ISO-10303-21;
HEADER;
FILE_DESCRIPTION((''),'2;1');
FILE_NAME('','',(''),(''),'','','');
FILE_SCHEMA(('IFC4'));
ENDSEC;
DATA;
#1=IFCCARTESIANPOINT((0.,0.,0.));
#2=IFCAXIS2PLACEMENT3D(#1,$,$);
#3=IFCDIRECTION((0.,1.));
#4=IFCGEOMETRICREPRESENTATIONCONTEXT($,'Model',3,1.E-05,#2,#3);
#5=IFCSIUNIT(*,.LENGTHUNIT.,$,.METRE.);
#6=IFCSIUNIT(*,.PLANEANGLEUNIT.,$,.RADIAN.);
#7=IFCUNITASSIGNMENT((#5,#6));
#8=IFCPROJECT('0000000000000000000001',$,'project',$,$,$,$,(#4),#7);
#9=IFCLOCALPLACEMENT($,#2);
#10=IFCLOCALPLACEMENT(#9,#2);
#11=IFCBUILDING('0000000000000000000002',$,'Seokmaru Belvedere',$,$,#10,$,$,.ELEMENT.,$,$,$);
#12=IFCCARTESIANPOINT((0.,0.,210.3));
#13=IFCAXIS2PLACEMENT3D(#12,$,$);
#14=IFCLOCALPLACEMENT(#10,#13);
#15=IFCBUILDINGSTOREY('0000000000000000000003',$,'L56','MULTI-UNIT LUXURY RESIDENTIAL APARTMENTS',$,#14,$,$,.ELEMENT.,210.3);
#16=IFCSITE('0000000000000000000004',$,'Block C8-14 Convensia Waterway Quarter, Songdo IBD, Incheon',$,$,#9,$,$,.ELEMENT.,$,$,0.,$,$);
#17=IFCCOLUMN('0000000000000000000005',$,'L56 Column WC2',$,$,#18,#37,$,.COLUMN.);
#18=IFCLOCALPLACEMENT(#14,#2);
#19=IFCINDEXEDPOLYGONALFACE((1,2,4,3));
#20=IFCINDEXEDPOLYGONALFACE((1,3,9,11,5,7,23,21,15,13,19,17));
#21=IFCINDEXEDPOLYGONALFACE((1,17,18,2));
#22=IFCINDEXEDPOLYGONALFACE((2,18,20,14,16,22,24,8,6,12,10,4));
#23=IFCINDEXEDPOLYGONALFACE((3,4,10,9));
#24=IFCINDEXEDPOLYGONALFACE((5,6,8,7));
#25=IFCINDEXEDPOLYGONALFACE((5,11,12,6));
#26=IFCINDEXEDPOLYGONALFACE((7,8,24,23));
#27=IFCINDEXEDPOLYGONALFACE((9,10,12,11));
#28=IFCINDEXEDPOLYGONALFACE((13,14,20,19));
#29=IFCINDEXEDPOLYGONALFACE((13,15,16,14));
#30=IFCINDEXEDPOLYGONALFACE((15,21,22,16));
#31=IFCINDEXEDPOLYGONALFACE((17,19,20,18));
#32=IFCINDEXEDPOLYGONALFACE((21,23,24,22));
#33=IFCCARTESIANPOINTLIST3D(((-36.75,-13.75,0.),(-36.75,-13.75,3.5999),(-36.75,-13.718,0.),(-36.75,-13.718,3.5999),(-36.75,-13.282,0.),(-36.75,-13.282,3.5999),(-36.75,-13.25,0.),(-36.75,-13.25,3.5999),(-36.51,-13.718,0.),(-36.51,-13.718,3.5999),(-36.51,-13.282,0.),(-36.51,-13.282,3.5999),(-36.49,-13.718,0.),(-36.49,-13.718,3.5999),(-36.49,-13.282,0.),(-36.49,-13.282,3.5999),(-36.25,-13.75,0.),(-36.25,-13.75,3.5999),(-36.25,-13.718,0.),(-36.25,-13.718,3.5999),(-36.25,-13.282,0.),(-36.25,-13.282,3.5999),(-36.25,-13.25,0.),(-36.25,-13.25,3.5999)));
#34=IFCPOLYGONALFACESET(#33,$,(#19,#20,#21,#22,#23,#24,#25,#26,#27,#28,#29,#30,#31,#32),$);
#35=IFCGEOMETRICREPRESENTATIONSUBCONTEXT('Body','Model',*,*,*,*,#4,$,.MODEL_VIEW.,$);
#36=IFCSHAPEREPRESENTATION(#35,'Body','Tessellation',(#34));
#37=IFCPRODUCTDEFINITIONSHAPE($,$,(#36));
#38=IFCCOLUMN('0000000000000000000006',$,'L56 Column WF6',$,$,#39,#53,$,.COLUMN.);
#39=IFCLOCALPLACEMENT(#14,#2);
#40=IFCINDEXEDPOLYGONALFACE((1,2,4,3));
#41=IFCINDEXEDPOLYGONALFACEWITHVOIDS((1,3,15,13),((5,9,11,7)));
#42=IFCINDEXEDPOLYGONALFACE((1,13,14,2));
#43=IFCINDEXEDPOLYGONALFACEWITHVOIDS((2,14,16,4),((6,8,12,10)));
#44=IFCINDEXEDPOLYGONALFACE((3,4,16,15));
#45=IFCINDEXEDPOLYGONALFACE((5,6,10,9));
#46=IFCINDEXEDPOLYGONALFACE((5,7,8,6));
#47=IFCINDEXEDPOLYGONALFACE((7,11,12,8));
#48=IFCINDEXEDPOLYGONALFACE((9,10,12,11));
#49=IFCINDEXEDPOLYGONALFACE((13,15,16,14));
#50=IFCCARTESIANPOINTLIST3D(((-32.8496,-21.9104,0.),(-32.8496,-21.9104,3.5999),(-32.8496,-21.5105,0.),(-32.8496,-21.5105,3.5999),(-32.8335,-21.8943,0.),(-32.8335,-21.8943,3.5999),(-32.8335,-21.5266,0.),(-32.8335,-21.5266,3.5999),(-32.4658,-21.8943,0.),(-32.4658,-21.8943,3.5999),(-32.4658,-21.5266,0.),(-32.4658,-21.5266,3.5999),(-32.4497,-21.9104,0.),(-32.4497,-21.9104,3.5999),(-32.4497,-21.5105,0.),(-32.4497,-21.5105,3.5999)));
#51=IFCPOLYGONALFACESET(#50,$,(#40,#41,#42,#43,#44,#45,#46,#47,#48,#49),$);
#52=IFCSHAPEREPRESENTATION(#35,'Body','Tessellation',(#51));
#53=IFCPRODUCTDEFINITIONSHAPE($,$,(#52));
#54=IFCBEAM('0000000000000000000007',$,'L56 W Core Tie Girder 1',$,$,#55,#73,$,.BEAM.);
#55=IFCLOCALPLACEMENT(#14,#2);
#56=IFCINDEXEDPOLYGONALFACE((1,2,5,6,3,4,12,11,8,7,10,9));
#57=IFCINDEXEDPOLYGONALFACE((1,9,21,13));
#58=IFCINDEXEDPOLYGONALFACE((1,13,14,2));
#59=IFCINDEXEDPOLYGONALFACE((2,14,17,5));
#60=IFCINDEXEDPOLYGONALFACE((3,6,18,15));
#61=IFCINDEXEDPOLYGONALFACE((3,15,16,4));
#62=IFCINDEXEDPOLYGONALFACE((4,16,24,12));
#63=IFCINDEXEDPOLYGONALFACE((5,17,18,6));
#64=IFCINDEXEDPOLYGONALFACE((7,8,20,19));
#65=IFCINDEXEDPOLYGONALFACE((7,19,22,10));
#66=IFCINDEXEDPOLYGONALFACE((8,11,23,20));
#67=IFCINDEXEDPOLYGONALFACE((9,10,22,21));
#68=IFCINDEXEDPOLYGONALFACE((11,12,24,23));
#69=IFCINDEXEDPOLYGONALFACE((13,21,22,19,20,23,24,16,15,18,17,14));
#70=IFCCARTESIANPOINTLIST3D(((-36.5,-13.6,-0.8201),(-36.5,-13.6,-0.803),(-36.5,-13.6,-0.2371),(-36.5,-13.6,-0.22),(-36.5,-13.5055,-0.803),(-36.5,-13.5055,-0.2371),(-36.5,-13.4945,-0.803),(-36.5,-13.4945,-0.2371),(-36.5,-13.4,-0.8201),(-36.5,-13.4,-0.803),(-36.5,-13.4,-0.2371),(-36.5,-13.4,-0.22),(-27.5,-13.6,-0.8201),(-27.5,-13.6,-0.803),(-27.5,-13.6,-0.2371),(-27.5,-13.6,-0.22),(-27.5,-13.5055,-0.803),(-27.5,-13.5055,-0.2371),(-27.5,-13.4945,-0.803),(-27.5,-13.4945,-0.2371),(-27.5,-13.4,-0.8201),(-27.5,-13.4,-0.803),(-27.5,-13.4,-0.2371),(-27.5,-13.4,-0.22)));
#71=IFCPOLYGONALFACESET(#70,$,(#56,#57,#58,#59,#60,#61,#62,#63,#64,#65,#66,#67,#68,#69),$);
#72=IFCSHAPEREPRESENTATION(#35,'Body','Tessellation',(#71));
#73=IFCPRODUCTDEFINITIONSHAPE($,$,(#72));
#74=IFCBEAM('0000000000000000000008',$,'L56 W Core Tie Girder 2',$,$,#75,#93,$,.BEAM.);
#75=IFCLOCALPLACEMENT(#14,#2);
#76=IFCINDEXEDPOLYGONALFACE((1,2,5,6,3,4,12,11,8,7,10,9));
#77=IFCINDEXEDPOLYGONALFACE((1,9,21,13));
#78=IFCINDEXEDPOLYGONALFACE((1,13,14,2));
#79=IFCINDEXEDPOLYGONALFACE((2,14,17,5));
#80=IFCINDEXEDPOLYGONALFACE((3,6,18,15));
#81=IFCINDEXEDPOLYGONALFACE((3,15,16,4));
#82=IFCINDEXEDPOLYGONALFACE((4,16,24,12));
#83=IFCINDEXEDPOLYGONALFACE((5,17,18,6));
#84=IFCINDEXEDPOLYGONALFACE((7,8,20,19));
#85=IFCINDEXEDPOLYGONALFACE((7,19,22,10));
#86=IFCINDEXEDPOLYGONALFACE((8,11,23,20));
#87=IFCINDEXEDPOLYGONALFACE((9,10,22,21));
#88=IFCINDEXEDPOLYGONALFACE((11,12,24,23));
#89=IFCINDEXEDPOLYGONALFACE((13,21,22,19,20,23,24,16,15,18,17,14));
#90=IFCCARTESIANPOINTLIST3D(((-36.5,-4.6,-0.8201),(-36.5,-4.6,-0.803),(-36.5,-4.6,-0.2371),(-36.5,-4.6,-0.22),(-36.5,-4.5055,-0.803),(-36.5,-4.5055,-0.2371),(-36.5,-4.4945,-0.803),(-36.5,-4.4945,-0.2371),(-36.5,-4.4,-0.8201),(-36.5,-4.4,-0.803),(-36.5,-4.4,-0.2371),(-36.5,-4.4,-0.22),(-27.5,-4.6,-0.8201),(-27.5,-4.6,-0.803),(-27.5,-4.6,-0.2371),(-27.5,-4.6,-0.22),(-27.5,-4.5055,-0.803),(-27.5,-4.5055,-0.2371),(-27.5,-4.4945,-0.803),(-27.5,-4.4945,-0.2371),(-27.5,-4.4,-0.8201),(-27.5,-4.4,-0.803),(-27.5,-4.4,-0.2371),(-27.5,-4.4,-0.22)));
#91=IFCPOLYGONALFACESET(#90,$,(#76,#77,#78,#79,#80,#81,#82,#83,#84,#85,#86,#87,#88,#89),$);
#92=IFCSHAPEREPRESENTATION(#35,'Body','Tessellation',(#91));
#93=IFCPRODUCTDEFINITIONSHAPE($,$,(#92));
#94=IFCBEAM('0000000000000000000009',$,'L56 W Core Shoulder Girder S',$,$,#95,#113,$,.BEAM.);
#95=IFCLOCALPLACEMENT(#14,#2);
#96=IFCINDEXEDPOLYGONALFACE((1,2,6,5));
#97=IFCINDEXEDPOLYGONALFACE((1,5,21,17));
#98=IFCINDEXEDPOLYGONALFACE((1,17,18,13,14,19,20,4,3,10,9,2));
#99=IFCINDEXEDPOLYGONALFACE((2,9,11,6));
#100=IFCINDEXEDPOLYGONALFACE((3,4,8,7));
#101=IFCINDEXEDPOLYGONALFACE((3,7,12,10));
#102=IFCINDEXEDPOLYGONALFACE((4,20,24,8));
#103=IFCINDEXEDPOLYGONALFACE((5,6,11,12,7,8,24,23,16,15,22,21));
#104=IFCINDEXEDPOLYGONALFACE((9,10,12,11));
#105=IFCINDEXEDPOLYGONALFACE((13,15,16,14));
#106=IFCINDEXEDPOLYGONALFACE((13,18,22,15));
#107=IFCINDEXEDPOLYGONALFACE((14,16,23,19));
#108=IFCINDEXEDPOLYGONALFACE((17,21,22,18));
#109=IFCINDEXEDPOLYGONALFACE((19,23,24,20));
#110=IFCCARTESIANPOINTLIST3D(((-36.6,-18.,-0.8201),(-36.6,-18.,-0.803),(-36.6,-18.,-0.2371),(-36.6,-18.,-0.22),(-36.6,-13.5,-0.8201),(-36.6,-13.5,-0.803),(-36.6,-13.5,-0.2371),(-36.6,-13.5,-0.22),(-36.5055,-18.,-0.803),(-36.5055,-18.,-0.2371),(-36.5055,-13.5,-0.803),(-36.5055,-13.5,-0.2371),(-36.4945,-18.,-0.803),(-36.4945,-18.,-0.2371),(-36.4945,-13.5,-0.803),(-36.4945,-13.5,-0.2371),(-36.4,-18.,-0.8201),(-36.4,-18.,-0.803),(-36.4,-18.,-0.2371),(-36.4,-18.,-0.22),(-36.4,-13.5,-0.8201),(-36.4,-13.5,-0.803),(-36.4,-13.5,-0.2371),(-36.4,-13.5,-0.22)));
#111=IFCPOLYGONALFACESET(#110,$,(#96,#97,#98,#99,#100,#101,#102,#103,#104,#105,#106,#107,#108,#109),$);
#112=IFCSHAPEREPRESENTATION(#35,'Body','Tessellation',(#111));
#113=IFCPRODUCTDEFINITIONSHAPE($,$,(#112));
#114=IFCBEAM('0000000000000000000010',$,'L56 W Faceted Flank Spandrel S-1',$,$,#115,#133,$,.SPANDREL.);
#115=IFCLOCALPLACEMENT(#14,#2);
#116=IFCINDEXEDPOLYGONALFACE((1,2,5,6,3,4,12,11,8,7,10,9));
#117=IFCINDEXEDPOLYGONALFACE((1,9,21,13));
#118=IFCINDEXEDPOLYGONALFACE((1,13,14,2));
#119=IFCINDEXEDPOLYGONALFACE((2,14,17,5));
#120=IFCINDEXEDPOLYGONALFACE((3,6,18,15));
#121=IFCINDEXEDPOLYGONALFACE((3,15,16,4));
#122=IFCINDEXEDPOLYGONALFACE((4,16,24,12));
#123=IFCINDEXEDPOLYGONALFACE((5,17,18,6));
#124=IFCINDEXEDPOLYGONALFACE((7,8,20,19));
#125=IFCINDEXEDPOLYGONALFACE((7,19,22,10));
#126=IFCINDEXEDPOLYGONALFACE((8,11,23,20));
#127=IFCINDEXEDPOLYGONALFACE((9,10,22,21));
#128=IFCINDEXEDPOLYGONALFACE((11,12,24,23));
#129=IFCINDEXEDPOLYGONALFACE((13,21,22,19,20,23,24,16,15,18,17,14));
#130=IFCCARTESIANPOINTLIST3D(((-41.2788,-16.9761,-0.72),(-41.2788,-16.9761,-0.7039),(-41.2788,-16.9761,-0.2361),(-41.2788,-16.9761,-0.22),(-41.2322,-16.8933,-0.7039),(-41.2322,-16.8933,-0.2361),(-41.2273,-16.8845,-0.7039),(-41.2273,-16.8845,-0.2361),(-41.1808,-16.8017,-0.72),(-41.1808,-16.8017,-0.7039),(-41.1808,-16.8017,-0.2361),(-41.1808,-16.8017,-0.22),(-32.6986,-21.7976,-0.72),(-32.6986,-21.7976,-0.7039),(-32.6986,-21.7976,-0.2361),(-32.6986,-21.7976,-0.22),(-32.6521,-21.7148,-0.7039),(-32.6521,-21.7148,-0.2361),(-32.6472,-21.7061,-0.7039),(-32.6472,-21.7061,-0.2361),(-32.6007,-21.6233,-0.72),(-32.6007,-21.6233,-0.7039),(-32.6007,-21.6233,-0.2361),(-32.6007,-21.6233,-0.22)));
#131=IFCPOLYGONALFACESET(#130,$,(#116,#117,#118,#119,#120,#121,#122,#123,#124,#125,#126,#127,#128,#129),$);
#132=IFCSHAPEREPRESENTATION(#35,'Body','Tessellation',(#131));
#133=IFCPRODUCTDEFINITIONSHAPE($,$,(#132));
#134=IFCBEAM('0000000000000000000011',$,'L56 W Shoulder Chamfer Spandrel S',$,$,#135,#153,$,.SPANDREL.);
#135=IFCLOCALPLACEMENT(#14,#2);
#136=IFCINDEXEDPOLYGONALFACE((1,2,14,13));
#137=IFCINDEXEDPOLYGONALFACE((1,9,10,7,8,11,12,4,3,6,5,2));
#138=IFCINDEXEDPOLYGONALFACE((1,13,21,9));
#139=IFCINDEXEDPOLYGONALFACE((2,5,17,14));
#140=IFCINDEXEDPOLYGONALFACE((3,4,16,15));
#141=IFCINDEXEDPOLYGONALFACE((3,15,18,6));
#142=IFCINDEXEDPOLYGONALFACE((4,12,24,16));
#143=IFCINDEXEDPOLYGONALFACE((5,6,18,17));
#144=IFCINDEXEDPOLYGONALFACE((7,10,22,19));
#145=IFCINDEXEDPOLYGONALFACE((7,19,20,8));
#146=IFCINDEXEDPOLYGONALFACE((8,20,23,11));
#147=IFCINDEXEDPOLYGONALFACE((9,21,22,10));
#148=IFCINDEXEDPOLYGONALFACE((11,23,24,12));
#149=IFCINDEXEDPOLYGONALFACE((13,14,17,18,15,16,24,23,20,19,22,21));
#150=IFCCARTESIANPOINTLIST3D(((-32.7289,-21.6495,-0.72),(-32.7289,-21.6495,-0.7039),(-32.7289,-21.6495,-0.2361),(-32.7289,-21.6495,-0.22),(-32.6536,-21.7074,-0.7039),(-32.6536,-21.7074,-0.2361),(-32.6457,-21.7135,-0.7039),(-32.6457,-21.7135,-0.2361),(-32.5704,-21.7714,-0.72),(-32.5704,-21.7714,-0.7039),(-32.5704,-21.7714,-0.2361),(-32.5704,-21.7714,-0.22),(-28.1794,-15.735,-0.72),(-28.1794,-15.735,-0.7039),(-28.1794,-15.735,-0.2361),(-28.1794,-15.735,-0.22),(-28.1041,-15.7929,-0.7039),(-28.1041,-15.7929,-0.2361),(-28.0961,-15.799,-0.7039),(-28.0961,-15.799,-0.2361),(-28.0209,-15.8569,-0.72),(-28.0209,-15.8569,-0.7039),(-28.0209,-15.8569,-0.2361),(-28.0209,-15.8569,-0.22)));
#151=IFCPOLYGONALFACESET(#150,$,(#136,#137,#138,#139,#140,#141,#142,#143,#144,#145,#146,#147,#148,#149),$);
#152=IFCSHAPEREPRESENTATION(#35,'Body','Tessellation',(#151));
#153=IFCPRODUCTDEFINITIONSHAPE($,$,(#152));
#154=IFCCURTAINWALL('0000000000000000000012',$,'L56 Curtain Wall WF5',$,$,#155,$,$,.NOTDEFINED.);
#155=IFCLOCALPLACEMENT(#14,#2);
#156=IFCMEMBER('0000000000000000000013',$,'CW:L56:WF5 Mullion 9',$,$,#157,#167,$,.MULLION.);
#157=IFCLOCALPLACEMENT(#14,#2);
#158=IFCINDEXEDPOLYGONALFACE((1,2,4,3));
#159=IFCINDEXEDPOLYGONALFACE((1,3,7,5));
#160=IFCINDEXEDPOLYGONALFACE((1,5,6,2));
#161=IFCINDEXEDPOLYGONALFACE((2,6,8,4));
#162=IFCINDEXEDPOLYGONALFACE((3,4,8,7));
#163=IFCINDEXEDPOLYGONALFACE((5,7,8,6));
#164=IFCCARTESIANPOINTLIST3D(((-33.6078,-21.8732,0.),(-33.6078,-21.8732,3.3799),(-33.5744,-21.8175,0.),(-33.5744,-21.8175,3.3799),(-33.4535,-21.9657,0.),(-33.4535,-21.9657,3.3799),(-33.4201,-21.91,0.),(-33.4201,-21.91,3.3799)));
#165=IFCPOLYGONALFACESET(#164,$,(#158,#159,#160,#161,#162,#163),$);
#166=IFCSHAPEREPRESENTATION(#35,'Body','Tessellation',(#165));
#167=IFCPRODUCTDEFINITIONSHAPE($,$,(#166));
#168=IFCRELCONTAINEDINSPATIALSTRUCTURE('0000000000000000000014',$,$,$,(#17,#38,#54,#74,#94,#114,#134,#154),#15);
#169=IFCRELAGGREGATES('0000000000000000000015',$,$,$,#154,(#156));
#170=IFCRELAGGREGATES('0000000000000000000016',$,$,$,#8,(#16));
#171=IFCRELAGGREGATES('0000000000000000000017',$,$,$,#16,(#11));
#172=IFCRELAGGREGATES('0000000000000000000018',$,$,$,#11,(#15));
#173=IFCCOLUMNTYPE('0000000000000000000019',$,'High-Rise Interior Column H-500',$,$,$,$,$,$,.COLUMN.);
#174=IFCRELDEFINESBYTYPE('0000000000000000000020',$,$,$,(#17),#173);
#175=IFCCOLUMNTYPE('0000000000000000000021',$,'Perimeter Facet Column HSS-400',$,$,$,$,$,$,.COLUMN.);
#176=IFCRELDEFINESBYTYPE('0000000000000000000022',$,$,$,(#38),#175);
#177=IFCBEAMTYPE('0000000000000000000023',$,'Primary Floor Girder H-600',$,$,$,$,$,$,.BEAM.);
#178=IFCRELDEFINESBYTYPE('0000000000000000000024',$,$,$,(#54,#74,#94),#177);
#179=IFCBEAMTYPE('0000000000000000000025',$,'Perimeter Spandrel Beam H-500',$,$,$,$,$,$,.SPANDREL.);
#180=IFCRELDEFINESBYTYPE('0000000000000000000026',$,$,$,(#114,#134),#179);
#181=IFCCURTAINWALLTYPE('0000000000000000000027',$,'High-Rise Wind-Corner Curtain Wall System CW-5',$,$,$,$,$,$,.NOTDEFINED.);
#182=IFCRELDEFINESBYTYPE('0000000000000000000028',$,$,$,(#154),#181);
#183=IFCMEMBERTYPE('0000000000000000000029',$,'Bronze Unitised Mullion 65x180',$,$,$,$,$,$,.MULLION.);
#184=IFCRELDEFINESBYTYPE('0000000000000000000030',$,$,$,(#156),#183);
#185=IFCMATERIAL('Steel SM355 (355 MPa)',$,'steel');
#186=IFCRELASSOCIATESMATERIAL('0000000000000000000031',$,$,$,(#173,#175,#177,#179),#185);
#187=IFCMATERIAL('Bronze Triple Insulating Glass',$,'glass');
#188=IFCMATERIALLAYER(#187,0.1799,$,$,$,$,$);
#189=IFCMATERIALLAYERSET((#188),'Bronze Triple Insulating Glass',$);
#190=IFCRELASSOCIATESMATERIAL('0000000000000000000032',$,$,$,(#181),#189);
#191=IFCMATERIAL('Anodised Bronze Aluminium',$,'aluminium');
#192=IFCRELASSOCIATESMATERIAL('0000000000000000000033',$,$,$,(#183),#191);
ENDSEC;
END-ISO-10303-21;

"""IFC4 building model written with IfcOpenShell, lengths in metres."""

from ifc_helpers import new_model, si_unit, direction, frame, origin, origin_2d, place, context, subcontext, project, spatial, rectangle, hollow_rectangle, i_section, extrude, source, transform, mapped, material, layer, layer_set, material_profile, profile_set, type_object, type_shapes, element, aggregate, save


model = new_model("IFC4")

# Units and contexts
model_context = context("Model", 3, precision=1e-05, world=origin(), true_north=direction((0.0, 1.0)))
body_context = subcontext(model_context, "Body", "Model", "MODEL_VIEW")
ifc_project = project(units=[si_unit("LENGTHUNIT", "METRE"), si_unit("PLANEANGLEUNIT", "RADIAN")], contexts=[model_context])

# Site, building, storey
site_placement = place(None, origin())
site = spatial("IfcSite", under=ifc_project, at=site_placement, Name="Block C8-14 Convensia Waterway Quarter, Songdo IBD, Incheon", CompositionType="ELEMENT", RefElevation=0.0)
building_placement = place(site_placement, origin())
building = spatial("IfcBuilding", under=site, at=building_placement, Name="Seokmaru Belvedere", CompositionType="ELEMENT")
storey_placement = place(building_placement, frame((0.0, 0.0, 210.3)))
storey = spatial("IfcBuildingStorey", under=building, at=storey_placement, Name="L56", Description="MULTI-UNIT LUXURY RESIDENTIAL APARTMENTS", CompositionType="ELEMENT", Elevation=210.3)

# Columns
ifc_material_1 = material(Name="Steel SM355 (355 MPa)", Category="steel")
ifc_material_profile_1 = material_profile(ifc_material_1, i_section(OverallWidth=0.5, OverallDepth=0.5, WebThickness=0.02, FlangeThickness=0.032, at=origin_2d()), Name="H-500x500x20x32")
ifc_profile_set_1 = profile_set([ifc_material_profile_1], Name="Steel SM355 (355 MPa)")
column_type_1 = type_object("IfcColumnType", Name="High-Rise Interior Column H-500", PredefinedType="COLUMN", material=ifc_profile_set_1)
shared_shape_1 = source(origin(), body_context, "Body", "SweptSolid", [
    extrude(i_section(OverallWidth=0.5, OverallDepth=0.5, WebThickness=0.02, FlangeThickness=0.032, at=origin_2d()), origin(), (0.0, 0.0, 1.0), 3.5999),
])
type_shapes(column_type_1, [shared_shape_1])
column_1_placement = place(storey_placement, frame((-36.5, -13.5, 0.0), z_axis=(0.0, 0.0, 1.0), x_axis=(1.0, 0.0, 0.0)))
element("IfcColumn", 1, at=column_1_placement, inside=storey, type_object=column_type_1, Name="L56 Column WC2", PredefinedType="COLUMN", context=body_context, shape_type="MappedRepresentation", body=[
    mapped(shared_shape_1, transform((0.0, 0.0, 0.0), scale=1.0)),
])
ifc_material_profile_2 = material_profile(ifc_material_1, hollow_rectangle(XDim=0.3999, YDim=0.3999, WallThickness=0.0161, at=origin_2d()), Name="HSS-400x400x16")
ifc_profile_set_2 = profile_set([ifc_material_profile_2], Name="Steel SM355 (355 MPa)")
column_type_2 = type_object("IfcColumnType", Name="Perimeter Facet Column HSS-400", PredefinedType="COLUMN", material=ifc_profile_set_2)
shared_shape_2 = source(origin(), body_context, "Body", "SweptSolid", [
    extrude(hollow_rectangle(XDim=0.3999, YDim=0.3999, WallThickness=0.0161, at=origin_2d()), origin(), (0.0, 0.0, 1.0), 3.5999),
])
type_shapes(column_type_2, [shared_shape_2])
column_2_placement = place(storey_placement, frame((-32.6497, -21.7104, 0.0), z_axis=(0.0, 0.0, 1.0), x_axis=(1.0, 0.0, 0.0)))
element("IfcColumn", 2, at=column_2_placement, inside=storey, type_object=column_type_2, Name="L56 Column WF6", PredefinedType="COLUMN", context=body_context, shape_type="MappedRepresentation", body=[
    mapped(shared_shape_2, transform((0.0, 0.0, 0.0), scale=1.0)),
])

# Beams
ifc_material_profile_3 = material_profile(ifc_material_1, i_section(OverallWidth=0.2, OverallDepth=0.6001, WebThickness=0.011, FlangeThickness=0.0171, at=origin_2d()), Name="H-600x200x11x17")
ifc_profile_set_3 = profile_set([ifc_material_profile_3], Name="Steel SM355 (355 MPa)")
beam_type_1 = type_object("IfcBeamType", Name="Primary Floor Girder H-600", PredefinedType="BEAM", material=ifc_profile_set_3)
shared_shape_3 = source(origin(), body_context, "Body", "SweptSolid", [
    extrude(i_section(OverallWidth=0.2, OverallDepth=0.6001, WebThickness=0.011, FlangeThickness=0.0171, at=origin_2d()), origin(), (0.0, 0.0, 1.0), 9.0),
])
for number, where, z_axis, x_axis, name in (
    (3, (-36.5, -13.5, -0.52), (1.0, 0.0, 0.0), (0.0, 1.0, 0.0), "L56 W Core Tie Girder 1"),
    (4, (-36.5, -4.5, -0.52), (1.0, 0.0, 0.0), (0.0, 1.0, 0.0), "L56 W Core Tie Girder 2"),
):
    element("IfcBeam", number, at=place(storey_placement, frame(where, z_axis=z_axis, x_axis=x_axis)), inside=storey, type_object=beam_type_1, Name=name, PredefinedType="BEAM", context=body_context, shape_type="MappedRepresentation", body=[
        mapped(shared_shape_3, transform((0.0, 0.0, 0.0), scale=1.0)),
    ])
shared_shape_4 = source(origin(), body_context, "Body", "SweptSolid", [
    extrude(i_section(OverallWidth=0.2, OverallDepth=0.6001, WebThickness=0.011, FlangeThickness=0.0171, at=origin_2d()), origin(), (0.0, 0.0, 1.0), 4.5),
])
type_shapes(beam_type_1, [shared_shape_3, shared_shape_4])
beam_1_placement = place(storey_placement, frame((-36.5, -18.0, -0.52), z_axis=(0.0, 1.0, 0.0), x_axis=(-1.0, 0.0, 0.0)))
element("IfcBeam", 5, at=beam_1_placement, inside=storey, type_object=beam_type_1, Name="L56 W Core Shoulder Girder S", PredefinedType="BEAM", context=body_context, shape_type="MappedRepresentation", body=[
    mapped(shared_shape_4, transform((0.0, 0.0, 0.0), scale=1.0)),
])
ifc_material_profile_4 = material_profile(ifc_material_1, i_section(OverallWidth=0.2, OverallDepth=0.5, WebThickness=0.01, FlangeThickness=0.0161, at=origin_2d()), Name="H-500x200x10x16")
ifc_profile_set_4 = profile_set([ifc_material_profile_4], Name="Steel SM355 (355 MPa)")
beam_type_2 = type_object("IfcBeamType", Name="Perimeter Spandrel Beam H-500", PredefinedType="SPANDREL", material=ifc_profile_set_4)
shared_shape_5 = source(origin(), body_context, "Body", "SweptSolid", [
    extrude(i_section(OverallWidth=0.2, OverallDepth=0.5, WebThickness=0.01, FlangeThickness=0.0161, at=origin_2d()), origin(), (0.0, 0.0, 1.0), 9.842),
])
beam_2_placement = place(storey_placement, frame((-32.6497, -21.7104, -0.47), z_axis=(-0.871782, 0.489894, 0.0), x_axis=(-0.489894, -0.871782, 0.0)))
element("IfcBeam", 6, at=beam_2_placement, inside=storey, type_object=beam_type_2, Name="L56 W Faceted Flank Spandrel S-1", PredefinedType="SPANDREL", context=body_context, shape_type="MappedRepresentation", body=[
    mapped(shared_shape_5, transform((0.0, 0.0, 0.0), scale=1.0)),
])
shared_shape_6 = source(origin(), body_context, "Body", "SweptSolid", [
    extrude(i_section(OverallWidth=0.2, OverallDepth=0.5, WebThickness=0.01, FlangeThickness=0.0161, at=origin_2d()), origin(), (0.0, 0.0, 1.0), 7.4619),
])
type_shapes(beam_type_2, [shared_shape_5, shared_shape_6])
beam_3_placement = place(storey_placement, frame((-32.6497, -21.7104, -0.47), z_axis=(0.609703, 0.79263, 0.0), x_axis=(-0.79263, 0.609703, 0.0)))
element("IfcBeam", 7, at=beam_3_placement, inside=storey, type_object=beam_type_2, Name="L56 W Shoulder Chamfer Spandrel S", PredefinedType="SPANDREL", context=body_context, shape_type="MappedRepresentation", body=[
    mapped(shared_shape_6, transform((0.0, 0.0, 0.0), scale=1.0)),
])

# Curtain wall, member
ifc_material_2 = material(Name="Bronze Triple Insulating Glass", Category="glass")
ifc_layer_1 = layer(ifc_material_2, 0.1799)
ifc_layer_set_1 = layer_set([ifc_layer_1], Name="Bronze Triple Insulating Glass")
curtain_wall_type = type_object("IfcCurtainWallType", Name="High-Rise Wind-Corner Curtain Wall System CW-5", PredefinedType="NOTDEFINED", material=ifc_layer_set_1)
curtain_wall_placement = place(storey_placement, origin())
curtain_wall = element("IfcCurtainWall", 8, at=curtain_wall_placement, inside=storey, type_object=curtain_wall_type, Name="L56 Curtain Wall WF5", PredefinedType="NOTDEFINED")
ifc_material_3 = material(Name="Anodised Bronze Aluminium", Category="aluminium")
ifc_material_profile_5 = material_profile(ifc_material_3, rectangle(XDim=0.0649, YDim=0.1799, at=origin_2d()), Name="CW-M-65x180")
ifc_profile_set_5 = profile_set([ifc_material_profile_5], Name="Anodised Bronze Aluminium")
member_type = type_object("IfcMemberType", Name="Bronze Unitised Mullion 65x180", PredefinedType="MULLION", material=ifc_profile_set_5)
shared_shape_7 = source(origin(), body_context, "Body", "SweptSolid", [
    extrude(rectangle(XDim=0.0649, YDim=0.1799, at=origin_2d()), origin(), (0.0, 0.0, 1.0), 3.3799),
])
type_shapes(member_type, [shared_shape_7])
member_placement = place(storey_placement, frame((-33.5139, -21.8916, 0.0), z_axis=(0.0, 0.0, 1.0), x_axis=(0.514495, 0.857493, 0.0)))
member = element("IfcMember", 9, at=member_placement, type_object=member_type, Name="CW:L56:WF5 Mullion 9", PredefinedType="MULLION", context=body_context, shape_type="MappedRepresentation", body=[
    mapped(shared_shape_7, transform((0.0, 0.0, 0.0), scale=1.0)),
])
aggregate(curtain_wall, [member])

save(model, "model.ifc")
